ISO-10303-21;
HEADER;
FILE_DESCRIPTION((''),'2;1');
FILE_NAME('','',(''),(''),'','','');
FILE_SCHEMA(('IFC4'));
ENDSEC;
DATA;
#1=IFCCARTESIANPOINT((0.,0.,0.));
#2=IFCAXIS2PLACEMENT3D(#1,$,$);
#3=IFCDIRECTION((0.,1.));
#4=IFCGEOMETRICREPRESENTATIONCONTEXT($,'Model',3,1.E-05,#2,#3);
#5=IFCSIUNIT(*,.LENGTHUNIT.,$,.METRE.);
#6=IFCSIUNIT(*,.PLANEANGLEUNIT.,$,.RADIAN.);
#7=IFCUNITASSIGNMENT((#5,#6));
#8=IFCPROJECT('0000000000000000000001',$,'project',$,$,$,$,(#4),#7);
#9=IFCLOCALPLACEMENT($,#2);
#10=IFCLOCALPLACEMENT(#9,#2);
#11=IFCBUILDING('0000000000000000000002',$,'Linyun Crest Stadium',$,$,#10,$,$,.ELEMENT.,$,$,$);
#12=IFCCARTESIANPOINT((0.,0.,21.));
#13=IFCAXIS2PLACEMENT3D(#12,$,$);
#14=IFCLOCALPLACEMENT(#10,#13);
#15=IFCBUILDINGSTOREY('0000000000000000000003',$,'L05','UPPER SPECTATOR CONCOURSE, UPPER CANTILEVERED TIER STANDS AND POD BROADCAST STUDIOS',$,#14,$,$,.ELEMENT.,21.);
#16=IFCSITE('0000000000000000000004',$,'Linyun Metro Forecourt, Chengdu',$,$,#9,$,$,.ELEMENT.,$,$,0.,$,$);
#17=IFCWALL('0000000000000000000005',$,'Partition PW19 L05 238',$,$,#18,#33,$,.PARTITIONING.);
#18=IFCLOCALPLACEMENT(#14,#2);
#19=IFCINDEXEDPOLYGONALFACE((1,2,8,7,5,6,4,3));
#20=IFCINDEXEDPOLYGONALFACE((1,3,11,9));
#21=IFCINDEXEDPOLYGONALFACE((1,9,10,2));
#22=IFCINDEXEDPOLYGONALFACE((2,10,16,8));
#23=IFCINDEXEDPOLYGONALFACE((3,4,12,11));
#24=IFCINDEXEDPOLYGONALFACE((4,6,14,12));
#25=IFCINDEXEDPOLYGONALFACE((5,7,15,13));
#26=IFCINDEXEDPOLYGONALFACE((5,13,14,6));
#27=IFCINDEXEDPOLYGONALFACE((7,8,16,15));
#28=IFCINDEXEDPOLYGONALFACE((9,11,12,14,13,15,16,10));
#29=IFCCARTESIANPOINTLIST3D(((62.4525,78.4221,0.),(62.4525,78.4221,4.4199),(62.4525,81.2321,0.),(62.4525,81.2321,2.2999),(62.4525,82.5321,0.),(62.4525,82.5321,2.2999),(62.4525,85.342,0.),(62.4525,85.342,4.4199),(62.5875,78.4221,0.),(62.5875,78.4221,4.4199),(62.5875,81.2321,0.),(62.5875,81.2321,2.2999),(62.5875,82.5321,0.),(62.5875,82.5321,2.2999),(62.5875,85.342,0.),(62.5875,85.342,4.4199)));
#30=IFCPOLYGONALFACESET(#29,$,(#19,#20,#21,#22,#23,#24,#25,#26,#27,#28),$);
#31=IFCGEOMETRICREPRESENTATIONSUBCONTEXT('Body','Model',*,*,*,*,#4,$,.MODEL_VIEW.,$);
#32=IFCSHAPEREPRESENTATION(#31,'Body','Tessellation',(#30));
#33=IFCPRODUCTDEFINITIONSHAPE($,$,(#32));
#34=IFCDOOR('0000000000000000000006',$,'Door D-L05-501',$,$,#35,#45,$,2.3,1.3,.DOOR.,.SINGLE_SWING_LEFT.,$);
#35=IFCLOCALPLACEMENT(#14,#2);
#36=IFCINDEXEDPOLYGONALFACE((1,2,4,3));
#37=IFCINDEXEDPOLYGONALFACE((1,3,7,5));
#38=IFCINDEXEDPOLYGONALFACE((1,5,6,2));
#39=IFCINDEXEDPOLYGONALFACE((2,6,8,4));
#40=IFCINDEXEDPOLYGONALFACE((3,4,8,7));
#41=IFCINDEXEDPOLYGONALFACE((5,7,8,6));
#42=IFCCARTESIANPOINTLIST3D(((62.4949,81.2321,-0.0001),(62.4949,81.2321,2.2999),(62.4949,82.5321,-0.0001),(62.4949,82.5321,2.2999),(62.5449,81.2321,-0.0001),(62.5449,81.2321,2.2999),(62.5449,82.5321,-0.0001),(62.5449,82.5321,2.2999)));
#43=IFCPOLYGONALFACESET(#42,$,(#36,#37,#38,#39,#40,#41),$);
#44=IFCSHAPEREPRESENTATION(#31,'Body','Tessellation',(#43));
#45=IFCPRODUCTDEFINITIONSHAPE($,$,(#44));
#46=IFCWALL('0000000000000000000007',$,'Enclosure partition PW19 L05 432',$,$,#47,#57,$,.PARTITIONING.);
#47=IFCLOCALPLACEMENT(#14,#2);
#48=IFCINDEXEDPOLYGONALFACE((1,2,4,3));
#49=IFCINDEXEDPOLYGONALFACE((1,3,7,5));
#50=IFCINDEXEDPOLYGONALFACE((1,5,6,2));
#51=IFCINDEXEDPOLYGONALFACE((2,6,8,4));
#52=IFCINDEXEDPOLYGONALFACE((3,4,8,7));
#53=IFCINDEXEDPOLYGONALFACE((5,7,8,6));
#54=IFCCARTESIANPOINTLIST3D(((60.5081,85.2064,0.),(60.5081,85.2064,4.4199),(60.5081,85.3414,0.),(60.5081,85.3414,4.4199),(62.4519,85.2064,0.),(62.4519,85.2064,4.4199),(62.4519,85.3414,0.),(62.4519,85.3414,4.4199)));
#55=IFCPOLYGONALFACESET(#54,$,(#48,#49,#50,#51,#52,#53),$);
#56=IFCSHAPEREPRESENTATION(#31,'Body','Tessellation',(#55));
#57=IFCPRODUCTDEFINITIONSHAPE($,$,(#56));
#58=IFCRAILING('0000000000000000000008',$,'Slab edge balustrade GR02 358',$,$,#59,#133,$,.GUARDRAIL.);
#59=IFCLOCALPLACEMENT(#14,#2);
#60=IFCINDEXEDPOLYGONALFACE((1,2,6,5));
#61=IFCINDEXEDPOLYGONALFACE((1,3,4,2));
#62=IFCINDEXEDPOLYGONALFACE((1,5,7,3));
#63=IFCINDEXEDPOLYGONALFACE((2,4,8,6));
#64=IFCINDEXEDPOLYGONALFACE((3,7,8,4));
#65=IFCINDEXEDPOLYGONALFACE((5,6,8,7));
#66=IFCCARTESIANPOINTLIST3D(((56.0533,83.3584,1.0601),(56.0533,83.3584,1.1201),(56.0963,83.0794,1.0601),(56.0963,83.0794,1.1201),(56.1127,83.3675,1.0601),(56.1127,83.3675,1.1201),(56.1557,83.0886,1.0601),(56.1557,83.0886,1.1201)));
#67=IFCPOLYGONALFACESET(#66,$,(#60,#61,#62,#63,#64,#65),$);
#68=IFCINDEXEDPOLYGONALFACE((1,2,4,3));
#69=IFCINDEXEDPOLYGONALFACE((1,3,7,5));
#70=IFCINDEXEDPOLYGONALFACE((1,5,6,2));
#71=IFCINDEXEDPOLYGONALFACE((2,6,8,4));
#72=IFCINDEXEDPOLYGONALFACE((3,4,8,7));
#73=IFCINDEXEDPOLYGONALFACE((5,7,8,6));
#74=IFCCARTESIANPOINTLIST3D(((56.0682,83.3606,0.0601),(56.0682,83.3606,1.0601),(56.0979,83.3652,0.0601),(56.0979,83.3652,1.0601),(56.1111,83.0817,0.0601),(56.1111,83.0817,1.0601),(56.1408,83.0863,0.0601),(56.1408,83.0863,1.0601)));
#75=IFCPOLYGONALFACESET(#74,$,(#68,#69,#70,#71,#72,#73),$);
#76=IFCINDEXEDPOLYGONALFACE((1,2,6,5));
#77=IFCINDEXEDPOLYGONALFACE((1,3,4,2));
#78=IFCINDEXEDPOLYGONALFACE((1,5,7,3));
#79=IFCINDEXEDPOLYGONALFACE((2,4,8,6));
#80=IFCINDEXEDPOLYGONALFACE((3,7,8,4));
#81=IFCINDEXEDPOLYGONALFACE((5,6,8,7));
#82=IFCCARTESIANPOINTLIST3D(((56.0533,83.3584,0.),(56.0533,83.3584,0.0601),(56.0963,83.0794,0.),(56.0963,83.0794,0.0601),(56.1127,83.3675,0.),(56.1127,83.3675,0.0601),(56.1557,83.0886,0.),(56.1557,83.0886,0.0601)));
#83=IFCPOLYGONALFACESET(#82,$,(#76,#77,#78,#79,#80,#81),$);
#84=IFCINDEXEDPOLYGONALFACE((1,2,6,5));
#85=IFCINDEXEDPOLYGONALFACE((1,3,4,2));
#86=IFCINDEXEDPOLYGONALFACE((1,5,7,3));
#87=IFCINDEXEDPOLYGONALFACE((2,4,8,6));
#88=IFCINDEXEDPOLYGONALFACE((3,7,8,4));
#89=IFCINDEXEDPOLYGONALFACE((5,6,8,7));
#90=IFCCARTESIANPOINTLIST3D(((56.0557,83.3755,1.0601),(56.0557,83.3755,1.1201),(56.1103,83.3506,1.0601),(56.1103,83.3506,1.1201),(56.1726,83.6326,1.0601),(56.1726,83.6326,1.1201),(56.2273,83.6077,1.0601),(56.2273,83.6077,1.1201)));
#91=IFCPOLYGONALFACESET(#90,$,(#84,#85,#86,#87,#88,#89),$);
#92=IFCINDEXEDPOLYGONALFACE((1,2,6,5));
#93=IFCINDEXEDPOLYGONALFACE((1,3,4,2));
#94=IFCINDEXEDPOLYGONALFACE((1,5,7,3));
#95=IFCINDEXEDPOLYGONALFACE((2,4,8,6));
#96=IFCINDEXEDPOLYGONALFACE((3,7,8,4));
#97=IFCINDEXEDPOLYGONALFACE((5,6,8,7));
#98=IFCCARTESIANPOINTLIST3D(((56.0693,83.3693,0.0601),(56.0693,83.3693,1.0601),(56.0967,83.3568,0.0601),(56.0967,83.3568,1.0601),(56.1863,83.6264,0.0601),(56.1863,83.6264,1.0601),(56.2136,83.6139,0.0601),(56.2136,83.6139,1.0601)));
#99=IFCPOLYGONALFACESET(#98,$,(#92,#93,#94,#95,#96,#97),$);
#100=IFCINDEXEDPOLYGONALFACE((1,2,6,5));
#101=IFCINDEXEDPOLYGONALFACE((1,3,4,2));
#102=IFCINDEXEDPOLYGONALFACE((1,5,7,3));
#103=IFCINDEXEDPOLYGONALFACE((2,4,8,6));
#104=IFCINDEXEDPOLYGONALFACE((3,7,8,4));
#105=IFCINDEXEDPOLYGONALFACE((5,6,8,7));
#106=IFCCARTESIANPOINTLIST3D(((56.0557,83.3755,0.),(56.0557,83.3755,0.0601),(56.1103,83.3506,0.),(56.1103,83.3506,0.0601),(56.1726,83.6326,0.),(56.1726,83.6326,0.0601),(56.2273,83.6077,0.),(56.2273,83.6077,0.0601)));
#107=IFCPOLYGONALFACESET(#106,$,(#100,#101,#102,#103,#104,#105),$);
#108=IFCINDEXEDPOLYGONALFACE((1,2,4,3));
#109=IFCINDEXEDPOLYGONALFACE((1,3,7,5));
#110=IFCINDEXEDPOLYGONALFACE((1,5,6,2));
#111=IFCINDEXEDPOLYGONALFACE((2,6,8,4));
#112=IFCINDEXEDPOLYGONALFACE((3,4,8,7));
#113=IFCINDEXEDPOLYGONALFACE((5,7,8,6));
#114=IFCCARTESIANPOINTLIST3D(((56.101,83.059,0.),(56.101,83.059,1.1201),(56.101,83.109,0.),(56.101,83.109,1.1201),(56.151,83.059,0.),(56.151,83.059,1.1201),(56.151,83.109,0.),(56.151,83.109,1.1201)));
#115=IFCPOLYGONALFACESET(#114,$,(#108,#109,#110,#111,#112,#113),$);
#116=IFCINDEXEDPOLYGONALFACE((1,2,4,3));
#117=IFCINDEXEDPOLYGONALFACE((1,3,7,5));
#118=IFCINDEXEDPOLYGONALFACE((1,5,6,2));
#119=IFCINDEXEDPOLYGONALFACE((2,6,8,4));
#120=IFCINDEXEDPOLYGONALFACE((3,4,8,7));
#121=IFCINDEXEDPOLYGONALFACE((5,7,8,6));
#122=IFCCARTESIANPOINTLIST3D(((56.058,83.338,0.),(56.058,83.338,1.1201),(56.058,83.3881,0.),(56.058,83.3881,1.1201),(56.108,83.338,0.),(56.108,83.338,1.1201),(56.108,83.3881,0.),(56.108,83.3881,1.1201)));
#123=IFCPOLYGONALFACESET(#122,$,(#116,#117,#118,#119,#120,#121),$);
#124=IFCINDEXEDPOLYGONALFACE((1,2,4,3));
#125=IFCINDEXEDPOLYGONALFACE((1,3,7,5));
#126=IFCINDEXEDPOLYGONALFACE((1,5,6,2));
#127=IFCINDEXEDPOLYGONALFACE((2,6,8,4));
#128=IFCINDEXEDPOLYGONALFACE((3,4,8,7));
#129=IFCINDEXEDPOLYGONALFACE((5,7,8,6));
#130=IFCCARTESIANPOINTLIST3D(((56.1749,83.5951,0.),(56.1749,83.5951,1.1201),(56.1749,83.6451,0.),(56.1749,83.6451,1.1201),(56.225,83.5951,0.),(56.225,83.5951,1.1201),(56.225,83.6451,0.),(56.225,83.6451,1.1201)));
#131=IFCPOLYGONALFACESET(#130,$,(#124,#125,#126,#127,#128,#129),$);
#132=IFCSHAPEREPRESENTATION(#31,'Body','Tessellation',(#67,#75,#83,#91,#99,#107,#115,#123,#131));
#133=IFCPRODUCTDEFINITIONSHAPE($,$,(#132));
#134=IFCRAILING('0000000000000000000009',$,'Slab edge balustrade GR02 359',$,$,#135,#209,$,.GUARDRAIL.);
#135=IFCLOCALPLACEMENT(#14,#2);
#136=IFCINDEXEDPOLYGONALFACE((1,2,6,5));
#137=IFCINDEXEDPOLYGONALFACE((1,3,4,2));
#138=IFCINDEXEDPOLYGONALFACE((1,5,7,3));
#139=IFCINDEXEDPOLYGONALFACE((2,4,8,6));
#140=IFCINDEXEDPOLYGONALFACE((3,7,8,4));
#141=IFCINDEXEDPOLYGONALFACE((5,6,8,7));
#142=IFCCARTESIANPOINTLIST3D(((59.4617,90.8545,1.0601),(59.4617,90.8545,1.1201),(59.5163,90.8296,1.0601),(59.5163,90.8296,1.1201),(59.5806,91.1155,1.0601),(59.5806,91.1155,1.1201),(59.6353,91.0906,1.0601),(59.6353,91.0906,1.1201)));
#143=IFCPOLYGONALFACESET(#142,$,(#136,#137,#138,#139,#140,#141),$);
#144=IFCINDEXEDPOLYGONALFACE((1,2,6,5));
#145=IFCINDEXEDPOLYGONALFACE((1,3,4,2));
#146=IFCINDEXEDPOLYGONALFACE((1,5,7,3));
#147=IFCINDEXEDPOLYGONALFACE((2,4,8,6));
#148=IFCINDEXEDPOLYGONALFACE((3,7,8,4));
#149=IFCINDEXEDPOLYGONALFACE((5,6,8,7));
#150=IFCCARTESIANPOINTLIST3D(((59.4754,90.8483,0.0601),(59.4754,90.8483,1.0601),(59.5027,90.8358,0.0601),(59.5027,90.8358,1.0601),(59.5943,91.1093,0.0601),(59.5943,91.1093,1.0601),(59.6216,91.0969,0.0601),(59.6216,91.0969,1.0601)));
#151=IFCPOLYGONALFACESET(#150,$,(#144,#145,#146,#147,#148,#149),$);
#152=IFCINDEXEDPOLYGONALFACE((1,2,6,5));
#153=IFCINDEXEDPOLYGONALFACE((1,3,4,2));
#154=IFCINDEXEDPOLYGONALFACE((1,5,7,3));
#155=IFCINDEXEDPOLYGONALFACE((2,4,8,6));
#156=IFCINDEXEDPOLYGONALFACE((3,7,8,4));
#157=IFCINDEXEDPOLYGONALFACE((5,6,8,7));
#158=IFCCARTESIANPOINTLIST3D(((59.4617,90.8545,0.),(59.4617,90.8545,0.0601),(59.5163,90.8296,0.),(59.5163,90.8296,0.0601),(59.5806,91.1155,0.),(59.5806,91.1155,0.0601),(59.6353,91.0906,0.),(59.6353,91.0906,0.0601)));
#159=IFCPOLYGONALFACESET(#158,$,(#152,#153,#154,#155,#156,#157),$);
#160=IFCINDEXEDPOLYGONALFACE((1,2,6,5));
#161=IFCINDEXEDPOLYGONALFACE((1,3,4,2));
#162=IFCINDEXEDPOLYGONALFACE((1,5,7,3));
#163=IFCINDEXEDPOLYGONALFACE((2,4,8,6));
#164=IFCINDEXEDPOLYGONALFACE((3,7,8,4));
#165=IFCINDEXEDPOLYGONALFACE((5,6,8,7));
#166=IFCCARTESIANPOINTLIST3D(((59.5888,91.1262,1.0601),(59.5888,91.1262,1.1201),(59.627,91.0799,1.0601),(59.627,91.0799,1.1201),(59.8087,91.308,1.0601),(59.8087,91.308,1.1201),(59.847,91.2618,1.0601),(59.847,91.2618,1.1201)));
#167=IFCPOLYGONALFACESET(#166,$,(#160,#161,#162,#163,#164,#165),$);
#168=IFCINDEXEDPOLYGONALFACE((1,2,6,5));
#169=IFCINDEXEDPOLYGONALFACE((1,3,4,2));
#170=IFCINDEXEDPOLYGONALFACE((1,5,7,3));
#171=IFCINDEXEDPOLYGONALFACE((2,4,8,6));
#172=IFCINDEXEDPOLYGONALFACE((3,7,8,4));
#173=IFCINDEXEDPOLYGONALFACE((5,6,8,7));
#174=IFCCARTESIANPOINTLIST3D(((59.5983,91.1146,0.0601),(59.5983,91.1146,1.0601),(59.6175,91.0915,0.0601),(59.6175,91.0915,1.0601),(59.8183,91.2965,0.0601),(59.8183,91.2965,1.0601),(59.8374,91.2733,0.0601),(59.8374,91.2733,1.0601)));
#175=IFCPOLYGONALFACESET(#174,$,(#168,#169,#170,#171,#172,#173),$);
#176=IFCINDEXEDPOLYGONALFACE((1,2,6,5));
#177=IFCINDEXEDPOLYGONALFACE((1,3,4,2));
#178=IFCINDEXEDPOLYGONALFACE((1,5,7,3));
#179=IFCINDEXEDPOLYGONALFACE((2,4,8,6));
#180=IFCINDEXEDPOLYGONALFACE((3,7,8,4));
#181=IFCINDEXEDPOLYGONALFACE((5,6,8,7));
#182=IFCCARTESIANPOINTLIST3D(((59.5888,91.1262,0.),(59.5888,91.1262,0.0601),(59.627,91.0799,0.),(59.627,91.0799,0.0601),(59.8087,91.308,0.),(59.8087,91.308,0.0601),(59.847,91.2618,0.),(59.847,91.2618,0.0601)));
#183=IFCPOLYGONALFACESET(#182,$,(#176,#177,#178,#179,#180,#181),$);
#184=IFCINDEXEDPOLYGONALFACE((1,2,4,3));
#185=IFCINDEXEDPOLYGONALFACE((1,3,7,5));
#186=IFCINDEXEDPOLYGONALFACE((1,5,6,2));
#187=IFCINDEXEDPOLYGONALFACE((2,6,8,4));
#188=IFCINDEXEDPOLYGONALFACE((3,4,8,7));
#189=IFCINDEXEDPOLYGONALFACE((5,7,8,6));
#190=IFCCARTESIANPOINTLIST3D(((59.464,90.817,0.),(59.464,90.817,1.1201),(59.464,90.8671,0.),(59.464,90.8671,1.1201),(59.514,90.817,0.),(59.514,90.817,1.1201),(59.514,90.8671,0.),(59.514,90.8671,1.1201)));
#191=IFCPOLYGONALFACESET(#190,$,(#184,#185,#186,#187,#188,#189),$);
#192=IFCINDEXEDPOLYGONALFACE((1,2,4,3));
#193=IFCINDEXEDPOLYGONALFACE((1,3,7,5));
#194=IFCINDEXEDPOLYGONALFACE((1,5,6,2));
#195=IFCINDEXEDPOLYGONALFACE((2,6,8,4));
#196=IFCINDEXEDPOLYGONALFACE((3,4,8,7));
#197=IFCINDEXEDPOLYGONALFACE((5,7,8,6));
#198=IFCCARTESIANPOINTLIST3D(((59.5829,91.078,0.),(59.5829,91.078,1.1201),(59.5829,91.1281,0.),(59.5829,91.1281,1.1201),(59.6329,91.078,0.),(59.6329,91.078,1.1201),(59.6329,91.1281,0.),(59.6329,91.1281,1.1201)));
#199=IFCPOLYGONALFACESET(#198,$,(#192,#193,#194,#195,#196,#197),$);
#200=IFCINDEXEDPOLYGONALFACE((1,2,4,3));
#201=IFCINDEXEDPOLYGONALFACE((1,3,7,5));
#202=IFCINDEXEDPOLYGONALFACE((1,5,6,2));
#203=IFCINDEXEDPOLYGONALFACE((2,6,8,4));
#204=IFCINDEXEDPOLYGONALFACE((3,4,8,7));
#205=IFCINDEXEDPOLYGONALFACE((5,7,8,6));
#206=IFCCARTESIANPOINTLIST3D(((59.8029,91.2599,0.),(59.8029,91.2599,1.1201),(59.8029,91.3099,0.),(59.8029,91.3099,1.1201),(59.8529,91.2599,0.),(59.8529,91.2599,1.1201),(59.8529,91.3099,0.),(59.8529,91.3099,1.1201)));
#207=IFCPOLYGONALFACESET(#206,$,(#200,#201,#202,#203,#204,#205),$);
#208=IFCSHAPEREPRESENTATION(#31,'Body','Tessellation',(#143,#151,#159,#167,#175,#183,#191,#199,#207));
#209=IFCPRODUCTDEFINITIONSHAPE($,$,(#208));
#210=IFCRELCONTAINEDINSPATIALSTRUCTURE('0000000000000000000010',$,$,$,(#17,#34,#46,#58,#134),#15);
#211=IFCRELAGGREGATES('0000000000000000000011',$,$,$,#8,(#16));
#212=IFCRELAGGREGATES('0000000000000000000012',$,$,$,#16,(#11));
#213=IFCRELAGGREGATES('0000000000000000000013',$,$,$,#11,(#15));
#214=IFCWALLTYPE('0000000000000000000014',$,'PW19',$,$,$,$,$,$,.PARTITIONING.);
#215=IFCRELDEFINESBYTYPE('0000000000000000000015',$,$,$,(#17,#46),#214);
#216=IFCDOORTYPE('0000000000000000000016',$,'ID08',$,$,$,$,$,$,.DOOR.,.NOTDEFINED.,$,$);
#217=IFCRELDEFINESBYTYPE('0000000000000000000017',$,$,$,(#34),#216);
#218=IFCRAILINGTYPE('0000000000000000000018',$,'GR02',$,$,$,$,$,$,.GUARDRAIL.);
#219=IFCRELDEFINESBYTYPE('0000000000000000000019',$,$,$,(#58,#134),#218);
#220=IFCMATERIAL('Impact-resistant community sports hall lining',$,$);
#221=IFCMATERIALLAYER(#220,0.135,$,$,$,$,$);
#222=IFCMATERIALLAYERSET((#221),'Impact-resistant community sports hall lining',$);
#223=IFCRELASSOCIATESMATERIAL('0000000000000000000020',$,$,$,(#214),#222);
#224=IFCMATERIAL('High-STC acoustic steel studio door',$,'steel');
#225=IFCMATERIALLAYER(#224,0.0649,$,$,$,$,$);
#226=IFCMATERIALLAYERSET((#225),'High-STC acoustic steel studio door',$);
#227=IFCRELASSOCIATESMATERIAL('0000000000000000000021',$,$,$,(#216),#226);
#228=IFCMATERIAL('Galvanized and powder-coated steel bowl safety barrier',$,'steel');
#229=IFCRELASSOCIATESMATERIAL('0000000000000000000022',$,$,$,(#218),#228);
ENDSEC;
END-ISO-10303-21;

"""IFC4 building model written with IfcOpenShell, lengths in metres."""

from ifc_helpers import new_model, si_unit, direction, frame, frame_2d, origin, origin_2d, place, context, subcontext, project, spatial, rectangle, extrude, material, layer, layer_set, type_object, element, fill, save


model = new_model("IFC4")

# Units and contexts
model_context = context("Model", 3, precision=1e-05, world=origin(), true_north=direction((0.0, 1.0)))
body_context = subcontext(model_context, "Body", "Model", "MODEL_VIEW")
ifc_project = project(units=[si_unit("LENGTHUNIT", "METRE"), si_unit("PLANEANGLEUNIT", "RADIAN")], contexts=[model_context])

# Site, building, storey
site_placement = place(None, origin())
site = spatial("IfcSite", under=ifc_project, at=site_placement, Name="Linyun Metro Forecourt, Chengdu", CompositionType="ELEMENT", RefElevation=0.0)
building_placement = place(site_placement, origin())
building = spatial("IfcBuilding", under=site, at=building_placement, Name="Linyun Crest Stadium", CompositionType="ELEMENT")
storey_placement = place(building_placement, frame((0.0, 0.0, 21.0)))
storey = spatial("IfcBuildingStorey", under=building, at=storey_placement, Name="L05", Description="UPPER SPECTATOR CONCOURSE, UPPER CANTILEVERED TIER STANDS AND POD BROADCAST STUDIOS", CompositionType="ELEMENT", Elevation=21.0)

# Wall, opening, door
ifc_material_1 = material(Name="Impact-resistant community sports hall lining")
ifc_layer_1 = layer(ifc_material_1, 0.135)
ifc_layer_set_1 = layer_set([ifc_layer_1], Name="Impact-resistant community sports hall lining")
wall_type = type_object("IfcWallType", Name="PW19", PredefinedType="PARTITIONING", material=ifc_layer_set_1)
wall_1_placement = place(storey_placement, frame((62.52, 85.342, 0.0), z_axis=(0.0, 0.0, 1.0), x_axis=(0.0, -1.0, 0.0)))
wall_1 = element("IfcWall", 1, at=wall_1_placement, inside=storey, type_object=wall_type, Name="Partition PW19 L05 238", PredefinedType="PARTITIONING", context=body_context, shape_type="SweptSolid", body=[
    extrude(rectangle(XDim=6.9199, YDim=0.135, at=frame_2d((3.46, 0.0))), origin(), (0.0, 0.0, 1.0), 4.4199),
])
opening_placement = place(wall_1_placement, frame((2.8101, 0.0, 0.0)))
opening = element("IfcOpeningElement", 2, at=opening_placement, cuts=wall_1, PredefinedType="OPENING", context=body_context, shape_type="SweptSolid", body=[
    extrude(rectangle(XDim=1.3, YDim=2.3, at=frame_2d((0.6499, 1.1499))), frame((0.0, 0.0774, 0.0), z_axis=(0.0, -1.0, 0.0), x_axis=(1.0, 0.0, 0.0)), (0.0, 0.0, 1.0), 0.155),
])
ifc_material_2 = material(Name="High-STC acoustic steel studio door", Category="steel")
ifc_layer_2 = layer(ifc_material_2, 0.0649)
ifc_layer_set_2 = layer_set([ifc_layer_2], Name="High-STC acoustic steel studio door")
door_type = type_object("IfcDoorType", Name="ID08", OperationType="NOTDEFINED", PredefinedType="DOOR", material=ifc_layer_set_2)
door_placement = place(opening_placement, origin())
door = element("IfcDoor", 3, at=door_placement, inside=storey, type_object=door_type, Name="Door D-L05-501", OperationType="SINGLE_SWING_LEFT", OverallHeight=2.3, OverallWidth=1.3, PredefinedType="DOOR", context=body_context, shape_type="SweptSolid", body=[
    extrude(rectangle(XDim=1.3, YDim=2.3, at=frame_2d((0.6499, 1.1499))), frame((0.0, 0.0249, 0.0), z_axis=(0.0, -1.0, 0.0), x_axis=(1.0, 0.0, 0.0)), (0.0, 0.0, 1.0), 0.05),
])
fill(opening, door)

# Wall
wall_2_placement = place(storey_placement, frame((60.5081, 85.2739, 0.0), z_axis=(0.0, 0.0, 1.0), x_axis=(1.0, 0.0, 0.0)))
element("IfcWall", 4, at=wall_2_placement, inside=storey, type_object=wall_type, Name="Enclosure partition PW19 L05 432", PredefinedType="PARTITIONING", context=body_context, shape_type="SweptSolid", body=[
    extrude(rectangle(XDim=1.9438, YDim=0.135, at=frame_2d((0.9719, 0.0))), origin(), (0.0, 0.0, 1.0), 4.4199),
])

# Railings
ifc_material_3 = material(Name="Galvanized and powder-coated steel bowl safety barrier", Category="steel")
railing_type = type_object("IfcRailingType", Name="GR02", PredefinedType="GUARDRAIL", material=ifc_material_3)
railing_1_placement = place(storey_placement, frame((56.126, 83.084, 0.0)))
element("IfcRailing", 5, at=railing_1_placement, inside=storey, type_object=railing_type, Name="Slab edge balustrade GR02 358", PredefinedType="GUARDRAIL", context=body_context, shape_type="SweptSolid", body=[
    extrude(rectangle(XDim=0.0601, YDim=0.0601, at=origin_2d()), frame((0.0, 0.0, 1.0901), z_axis=(-0.152187, 0.988352, 0.0), x_axis=(-0.988352, -0.152187, 0.0)), (0.0, 0.0, 1.0), 0.2822),
    extrude(rectangle(XDim=0.03, YDim=1.0, at=origin_2d()), frame((0.0, 0.0, 0.5601), z_axis=(-0.152187, 0.988352, 0.0), x_axis=(-0.988352, -0.152187, 0.0)), (0.0, 0.0, 1.0), 0.2822),
    extrude(rectangle(XDim=0.0601, YDim=0.0601, at=origin_2d()), frame((0.0, 0.0, 0.03), z_axis=(-0.152187, 0.988352, 0.0), x_axis=(-0.988352, -0.152187, 0.0)), (0.0, 0.0, 1.0), 0.2822),
    extrude(rectangle(XDim=0.0601, YDim=0.0601, at=origin_2d()), frame((-0.043, 0.2791, 1.0901), z_axis=(0.414063, 0.910248, 0.0), x_axis=(-0.910248, 0.414063, 0.0)), (0.0, 0.0, 1.0), 0.2825),
    extrude(rectangle(XDim=0.03, YDim=1.0, at=origin_2d()), frame((-0.043, 0.2791, 0.5601), z_axis=(0.414063, 0.910248, 0.0), x_axis=(-0.910248, 0.414063, 0.0)), (0.0, 0.0, 1.0), 0.2825),
    extrude(rectangle(XDim=0.0601, YDim=0.0601, at=origin_2d()), frame((-0.043, 0.2791, 0.03), z_axis=(0.414063, 0.910248, 0.0), x_axis=(-0.910248, 0.414063, 0.0)), (0.0, 0.0, 1.0), 0.2825),
    extrude(rectangle(XDim=0.05, YDim=0.05, at=origin_2d()), origin(), (0.0, 0.0, 1.0), 1.1201),
    extrude(rectangle(XDim=0.05, YDim=0.05, at=origin_2d()), frame((-0.043, 0.2791, 0.0)), (0.0, 0.0, 1.0), 1.1201),
    extrude(rectangle(XDim=0.05, YDim=0.05, at=origin_2d()), frame((0.074, 0.5361, 0.0)), (0.0, 0.0, 1.0), 1.1201),
])
railing_2_placement = place(storey_placement, frame((59.489, 90.842, 0.0)))
element("IfcRailing", 6, at=railing_2_placement, inside=storey, type_object=railing_type, Name="Slab edge balustrade GR02 359", PredefinedType="GUARDRAIL", context=body_context, shape_type="SweptSolid", body=[
    extrude(rectangle(XDim=0.0601, YDim=0.0601, at=origin_2d()), frame((0.0, 0.0, 1.0901), z_axis=(0.414572, 0.910016, 0.0), x_axis=(-0.910016, 0.414572, 0.0)), (0.0, 0.0, 1.0), 0.2869),
    extrude(rectangle(XDim=0.03, YDim=1.0, at=origin_2d()), frame((0.0, 0.0, 0.5601), z_axis=(0.414572, 0.910016, 0.0), x_axis=(-0.910016, 0.414572, 0.0)), (0.0, 0.0, 1.0), 0.2869),
    extrude(rectangle(XDim=0.0601, YDim=0.0601, at=origin_2d()), frame((0.0, 0.0, 0.03), z_axis=(0.414572, 0.910016, 0.0), x_axis=(-0.910016, 0.414572, 0.0)), (0.0, 0.0, 1.0), 0.2869),
    extrude(rectangle(XDim=0.0601, YDim=0.0601, at=origin_2d()), frame((0.1189, 0.261, 1.0901), z_axis=(0.77067, 0.637235, 0.0), x_axis=(-0.637235, 0.77067, 0.0)), (0.0, 0.0, 1.0), 0.2854),
    extrude(rectangle(XDim=0.03, YDim=1.0, at=origin_2d()), frame((0.1189, 0.261, 0.5601), z_axis=(0.77067, 0.637235, 0.0), x_axis=(-0.637235, 0.77067, 0.0)), (0.0, 0.0, 1.0), 0.2854),
    extrude(rectangle(XDim=0.0601, YDim=0.0601, at=origin_2d()), frame((0.1189, 0.261, 0.03), z_axis=(0.77067, 0.637235, 0.0), x_axis=(-0.637235, 0.77067, 0.0)), (0.0, 0.0, 1.0), 0.2854),
    extrude(rectangle(XDim=0.05, YDim=0.05, at=origin_2d()), origin(), (0.0, 0.0, 1.0), 1.1201),
    extrude(rectangle(XDim=0.05, YDim=0.05, at=origin_2d()), frame((0.1189, 0.261, 0.0)), (0.0, 0.0, 1.0), 1.1201),
    extrude(rectangle(XDim=0.05, YDim=0.05, at=origin_2d()), frame((0.3389, 0.4429, 0.0)), (0.0, 0.0, 1.0), 1.1201),
])

save(model, "model.ifc")
